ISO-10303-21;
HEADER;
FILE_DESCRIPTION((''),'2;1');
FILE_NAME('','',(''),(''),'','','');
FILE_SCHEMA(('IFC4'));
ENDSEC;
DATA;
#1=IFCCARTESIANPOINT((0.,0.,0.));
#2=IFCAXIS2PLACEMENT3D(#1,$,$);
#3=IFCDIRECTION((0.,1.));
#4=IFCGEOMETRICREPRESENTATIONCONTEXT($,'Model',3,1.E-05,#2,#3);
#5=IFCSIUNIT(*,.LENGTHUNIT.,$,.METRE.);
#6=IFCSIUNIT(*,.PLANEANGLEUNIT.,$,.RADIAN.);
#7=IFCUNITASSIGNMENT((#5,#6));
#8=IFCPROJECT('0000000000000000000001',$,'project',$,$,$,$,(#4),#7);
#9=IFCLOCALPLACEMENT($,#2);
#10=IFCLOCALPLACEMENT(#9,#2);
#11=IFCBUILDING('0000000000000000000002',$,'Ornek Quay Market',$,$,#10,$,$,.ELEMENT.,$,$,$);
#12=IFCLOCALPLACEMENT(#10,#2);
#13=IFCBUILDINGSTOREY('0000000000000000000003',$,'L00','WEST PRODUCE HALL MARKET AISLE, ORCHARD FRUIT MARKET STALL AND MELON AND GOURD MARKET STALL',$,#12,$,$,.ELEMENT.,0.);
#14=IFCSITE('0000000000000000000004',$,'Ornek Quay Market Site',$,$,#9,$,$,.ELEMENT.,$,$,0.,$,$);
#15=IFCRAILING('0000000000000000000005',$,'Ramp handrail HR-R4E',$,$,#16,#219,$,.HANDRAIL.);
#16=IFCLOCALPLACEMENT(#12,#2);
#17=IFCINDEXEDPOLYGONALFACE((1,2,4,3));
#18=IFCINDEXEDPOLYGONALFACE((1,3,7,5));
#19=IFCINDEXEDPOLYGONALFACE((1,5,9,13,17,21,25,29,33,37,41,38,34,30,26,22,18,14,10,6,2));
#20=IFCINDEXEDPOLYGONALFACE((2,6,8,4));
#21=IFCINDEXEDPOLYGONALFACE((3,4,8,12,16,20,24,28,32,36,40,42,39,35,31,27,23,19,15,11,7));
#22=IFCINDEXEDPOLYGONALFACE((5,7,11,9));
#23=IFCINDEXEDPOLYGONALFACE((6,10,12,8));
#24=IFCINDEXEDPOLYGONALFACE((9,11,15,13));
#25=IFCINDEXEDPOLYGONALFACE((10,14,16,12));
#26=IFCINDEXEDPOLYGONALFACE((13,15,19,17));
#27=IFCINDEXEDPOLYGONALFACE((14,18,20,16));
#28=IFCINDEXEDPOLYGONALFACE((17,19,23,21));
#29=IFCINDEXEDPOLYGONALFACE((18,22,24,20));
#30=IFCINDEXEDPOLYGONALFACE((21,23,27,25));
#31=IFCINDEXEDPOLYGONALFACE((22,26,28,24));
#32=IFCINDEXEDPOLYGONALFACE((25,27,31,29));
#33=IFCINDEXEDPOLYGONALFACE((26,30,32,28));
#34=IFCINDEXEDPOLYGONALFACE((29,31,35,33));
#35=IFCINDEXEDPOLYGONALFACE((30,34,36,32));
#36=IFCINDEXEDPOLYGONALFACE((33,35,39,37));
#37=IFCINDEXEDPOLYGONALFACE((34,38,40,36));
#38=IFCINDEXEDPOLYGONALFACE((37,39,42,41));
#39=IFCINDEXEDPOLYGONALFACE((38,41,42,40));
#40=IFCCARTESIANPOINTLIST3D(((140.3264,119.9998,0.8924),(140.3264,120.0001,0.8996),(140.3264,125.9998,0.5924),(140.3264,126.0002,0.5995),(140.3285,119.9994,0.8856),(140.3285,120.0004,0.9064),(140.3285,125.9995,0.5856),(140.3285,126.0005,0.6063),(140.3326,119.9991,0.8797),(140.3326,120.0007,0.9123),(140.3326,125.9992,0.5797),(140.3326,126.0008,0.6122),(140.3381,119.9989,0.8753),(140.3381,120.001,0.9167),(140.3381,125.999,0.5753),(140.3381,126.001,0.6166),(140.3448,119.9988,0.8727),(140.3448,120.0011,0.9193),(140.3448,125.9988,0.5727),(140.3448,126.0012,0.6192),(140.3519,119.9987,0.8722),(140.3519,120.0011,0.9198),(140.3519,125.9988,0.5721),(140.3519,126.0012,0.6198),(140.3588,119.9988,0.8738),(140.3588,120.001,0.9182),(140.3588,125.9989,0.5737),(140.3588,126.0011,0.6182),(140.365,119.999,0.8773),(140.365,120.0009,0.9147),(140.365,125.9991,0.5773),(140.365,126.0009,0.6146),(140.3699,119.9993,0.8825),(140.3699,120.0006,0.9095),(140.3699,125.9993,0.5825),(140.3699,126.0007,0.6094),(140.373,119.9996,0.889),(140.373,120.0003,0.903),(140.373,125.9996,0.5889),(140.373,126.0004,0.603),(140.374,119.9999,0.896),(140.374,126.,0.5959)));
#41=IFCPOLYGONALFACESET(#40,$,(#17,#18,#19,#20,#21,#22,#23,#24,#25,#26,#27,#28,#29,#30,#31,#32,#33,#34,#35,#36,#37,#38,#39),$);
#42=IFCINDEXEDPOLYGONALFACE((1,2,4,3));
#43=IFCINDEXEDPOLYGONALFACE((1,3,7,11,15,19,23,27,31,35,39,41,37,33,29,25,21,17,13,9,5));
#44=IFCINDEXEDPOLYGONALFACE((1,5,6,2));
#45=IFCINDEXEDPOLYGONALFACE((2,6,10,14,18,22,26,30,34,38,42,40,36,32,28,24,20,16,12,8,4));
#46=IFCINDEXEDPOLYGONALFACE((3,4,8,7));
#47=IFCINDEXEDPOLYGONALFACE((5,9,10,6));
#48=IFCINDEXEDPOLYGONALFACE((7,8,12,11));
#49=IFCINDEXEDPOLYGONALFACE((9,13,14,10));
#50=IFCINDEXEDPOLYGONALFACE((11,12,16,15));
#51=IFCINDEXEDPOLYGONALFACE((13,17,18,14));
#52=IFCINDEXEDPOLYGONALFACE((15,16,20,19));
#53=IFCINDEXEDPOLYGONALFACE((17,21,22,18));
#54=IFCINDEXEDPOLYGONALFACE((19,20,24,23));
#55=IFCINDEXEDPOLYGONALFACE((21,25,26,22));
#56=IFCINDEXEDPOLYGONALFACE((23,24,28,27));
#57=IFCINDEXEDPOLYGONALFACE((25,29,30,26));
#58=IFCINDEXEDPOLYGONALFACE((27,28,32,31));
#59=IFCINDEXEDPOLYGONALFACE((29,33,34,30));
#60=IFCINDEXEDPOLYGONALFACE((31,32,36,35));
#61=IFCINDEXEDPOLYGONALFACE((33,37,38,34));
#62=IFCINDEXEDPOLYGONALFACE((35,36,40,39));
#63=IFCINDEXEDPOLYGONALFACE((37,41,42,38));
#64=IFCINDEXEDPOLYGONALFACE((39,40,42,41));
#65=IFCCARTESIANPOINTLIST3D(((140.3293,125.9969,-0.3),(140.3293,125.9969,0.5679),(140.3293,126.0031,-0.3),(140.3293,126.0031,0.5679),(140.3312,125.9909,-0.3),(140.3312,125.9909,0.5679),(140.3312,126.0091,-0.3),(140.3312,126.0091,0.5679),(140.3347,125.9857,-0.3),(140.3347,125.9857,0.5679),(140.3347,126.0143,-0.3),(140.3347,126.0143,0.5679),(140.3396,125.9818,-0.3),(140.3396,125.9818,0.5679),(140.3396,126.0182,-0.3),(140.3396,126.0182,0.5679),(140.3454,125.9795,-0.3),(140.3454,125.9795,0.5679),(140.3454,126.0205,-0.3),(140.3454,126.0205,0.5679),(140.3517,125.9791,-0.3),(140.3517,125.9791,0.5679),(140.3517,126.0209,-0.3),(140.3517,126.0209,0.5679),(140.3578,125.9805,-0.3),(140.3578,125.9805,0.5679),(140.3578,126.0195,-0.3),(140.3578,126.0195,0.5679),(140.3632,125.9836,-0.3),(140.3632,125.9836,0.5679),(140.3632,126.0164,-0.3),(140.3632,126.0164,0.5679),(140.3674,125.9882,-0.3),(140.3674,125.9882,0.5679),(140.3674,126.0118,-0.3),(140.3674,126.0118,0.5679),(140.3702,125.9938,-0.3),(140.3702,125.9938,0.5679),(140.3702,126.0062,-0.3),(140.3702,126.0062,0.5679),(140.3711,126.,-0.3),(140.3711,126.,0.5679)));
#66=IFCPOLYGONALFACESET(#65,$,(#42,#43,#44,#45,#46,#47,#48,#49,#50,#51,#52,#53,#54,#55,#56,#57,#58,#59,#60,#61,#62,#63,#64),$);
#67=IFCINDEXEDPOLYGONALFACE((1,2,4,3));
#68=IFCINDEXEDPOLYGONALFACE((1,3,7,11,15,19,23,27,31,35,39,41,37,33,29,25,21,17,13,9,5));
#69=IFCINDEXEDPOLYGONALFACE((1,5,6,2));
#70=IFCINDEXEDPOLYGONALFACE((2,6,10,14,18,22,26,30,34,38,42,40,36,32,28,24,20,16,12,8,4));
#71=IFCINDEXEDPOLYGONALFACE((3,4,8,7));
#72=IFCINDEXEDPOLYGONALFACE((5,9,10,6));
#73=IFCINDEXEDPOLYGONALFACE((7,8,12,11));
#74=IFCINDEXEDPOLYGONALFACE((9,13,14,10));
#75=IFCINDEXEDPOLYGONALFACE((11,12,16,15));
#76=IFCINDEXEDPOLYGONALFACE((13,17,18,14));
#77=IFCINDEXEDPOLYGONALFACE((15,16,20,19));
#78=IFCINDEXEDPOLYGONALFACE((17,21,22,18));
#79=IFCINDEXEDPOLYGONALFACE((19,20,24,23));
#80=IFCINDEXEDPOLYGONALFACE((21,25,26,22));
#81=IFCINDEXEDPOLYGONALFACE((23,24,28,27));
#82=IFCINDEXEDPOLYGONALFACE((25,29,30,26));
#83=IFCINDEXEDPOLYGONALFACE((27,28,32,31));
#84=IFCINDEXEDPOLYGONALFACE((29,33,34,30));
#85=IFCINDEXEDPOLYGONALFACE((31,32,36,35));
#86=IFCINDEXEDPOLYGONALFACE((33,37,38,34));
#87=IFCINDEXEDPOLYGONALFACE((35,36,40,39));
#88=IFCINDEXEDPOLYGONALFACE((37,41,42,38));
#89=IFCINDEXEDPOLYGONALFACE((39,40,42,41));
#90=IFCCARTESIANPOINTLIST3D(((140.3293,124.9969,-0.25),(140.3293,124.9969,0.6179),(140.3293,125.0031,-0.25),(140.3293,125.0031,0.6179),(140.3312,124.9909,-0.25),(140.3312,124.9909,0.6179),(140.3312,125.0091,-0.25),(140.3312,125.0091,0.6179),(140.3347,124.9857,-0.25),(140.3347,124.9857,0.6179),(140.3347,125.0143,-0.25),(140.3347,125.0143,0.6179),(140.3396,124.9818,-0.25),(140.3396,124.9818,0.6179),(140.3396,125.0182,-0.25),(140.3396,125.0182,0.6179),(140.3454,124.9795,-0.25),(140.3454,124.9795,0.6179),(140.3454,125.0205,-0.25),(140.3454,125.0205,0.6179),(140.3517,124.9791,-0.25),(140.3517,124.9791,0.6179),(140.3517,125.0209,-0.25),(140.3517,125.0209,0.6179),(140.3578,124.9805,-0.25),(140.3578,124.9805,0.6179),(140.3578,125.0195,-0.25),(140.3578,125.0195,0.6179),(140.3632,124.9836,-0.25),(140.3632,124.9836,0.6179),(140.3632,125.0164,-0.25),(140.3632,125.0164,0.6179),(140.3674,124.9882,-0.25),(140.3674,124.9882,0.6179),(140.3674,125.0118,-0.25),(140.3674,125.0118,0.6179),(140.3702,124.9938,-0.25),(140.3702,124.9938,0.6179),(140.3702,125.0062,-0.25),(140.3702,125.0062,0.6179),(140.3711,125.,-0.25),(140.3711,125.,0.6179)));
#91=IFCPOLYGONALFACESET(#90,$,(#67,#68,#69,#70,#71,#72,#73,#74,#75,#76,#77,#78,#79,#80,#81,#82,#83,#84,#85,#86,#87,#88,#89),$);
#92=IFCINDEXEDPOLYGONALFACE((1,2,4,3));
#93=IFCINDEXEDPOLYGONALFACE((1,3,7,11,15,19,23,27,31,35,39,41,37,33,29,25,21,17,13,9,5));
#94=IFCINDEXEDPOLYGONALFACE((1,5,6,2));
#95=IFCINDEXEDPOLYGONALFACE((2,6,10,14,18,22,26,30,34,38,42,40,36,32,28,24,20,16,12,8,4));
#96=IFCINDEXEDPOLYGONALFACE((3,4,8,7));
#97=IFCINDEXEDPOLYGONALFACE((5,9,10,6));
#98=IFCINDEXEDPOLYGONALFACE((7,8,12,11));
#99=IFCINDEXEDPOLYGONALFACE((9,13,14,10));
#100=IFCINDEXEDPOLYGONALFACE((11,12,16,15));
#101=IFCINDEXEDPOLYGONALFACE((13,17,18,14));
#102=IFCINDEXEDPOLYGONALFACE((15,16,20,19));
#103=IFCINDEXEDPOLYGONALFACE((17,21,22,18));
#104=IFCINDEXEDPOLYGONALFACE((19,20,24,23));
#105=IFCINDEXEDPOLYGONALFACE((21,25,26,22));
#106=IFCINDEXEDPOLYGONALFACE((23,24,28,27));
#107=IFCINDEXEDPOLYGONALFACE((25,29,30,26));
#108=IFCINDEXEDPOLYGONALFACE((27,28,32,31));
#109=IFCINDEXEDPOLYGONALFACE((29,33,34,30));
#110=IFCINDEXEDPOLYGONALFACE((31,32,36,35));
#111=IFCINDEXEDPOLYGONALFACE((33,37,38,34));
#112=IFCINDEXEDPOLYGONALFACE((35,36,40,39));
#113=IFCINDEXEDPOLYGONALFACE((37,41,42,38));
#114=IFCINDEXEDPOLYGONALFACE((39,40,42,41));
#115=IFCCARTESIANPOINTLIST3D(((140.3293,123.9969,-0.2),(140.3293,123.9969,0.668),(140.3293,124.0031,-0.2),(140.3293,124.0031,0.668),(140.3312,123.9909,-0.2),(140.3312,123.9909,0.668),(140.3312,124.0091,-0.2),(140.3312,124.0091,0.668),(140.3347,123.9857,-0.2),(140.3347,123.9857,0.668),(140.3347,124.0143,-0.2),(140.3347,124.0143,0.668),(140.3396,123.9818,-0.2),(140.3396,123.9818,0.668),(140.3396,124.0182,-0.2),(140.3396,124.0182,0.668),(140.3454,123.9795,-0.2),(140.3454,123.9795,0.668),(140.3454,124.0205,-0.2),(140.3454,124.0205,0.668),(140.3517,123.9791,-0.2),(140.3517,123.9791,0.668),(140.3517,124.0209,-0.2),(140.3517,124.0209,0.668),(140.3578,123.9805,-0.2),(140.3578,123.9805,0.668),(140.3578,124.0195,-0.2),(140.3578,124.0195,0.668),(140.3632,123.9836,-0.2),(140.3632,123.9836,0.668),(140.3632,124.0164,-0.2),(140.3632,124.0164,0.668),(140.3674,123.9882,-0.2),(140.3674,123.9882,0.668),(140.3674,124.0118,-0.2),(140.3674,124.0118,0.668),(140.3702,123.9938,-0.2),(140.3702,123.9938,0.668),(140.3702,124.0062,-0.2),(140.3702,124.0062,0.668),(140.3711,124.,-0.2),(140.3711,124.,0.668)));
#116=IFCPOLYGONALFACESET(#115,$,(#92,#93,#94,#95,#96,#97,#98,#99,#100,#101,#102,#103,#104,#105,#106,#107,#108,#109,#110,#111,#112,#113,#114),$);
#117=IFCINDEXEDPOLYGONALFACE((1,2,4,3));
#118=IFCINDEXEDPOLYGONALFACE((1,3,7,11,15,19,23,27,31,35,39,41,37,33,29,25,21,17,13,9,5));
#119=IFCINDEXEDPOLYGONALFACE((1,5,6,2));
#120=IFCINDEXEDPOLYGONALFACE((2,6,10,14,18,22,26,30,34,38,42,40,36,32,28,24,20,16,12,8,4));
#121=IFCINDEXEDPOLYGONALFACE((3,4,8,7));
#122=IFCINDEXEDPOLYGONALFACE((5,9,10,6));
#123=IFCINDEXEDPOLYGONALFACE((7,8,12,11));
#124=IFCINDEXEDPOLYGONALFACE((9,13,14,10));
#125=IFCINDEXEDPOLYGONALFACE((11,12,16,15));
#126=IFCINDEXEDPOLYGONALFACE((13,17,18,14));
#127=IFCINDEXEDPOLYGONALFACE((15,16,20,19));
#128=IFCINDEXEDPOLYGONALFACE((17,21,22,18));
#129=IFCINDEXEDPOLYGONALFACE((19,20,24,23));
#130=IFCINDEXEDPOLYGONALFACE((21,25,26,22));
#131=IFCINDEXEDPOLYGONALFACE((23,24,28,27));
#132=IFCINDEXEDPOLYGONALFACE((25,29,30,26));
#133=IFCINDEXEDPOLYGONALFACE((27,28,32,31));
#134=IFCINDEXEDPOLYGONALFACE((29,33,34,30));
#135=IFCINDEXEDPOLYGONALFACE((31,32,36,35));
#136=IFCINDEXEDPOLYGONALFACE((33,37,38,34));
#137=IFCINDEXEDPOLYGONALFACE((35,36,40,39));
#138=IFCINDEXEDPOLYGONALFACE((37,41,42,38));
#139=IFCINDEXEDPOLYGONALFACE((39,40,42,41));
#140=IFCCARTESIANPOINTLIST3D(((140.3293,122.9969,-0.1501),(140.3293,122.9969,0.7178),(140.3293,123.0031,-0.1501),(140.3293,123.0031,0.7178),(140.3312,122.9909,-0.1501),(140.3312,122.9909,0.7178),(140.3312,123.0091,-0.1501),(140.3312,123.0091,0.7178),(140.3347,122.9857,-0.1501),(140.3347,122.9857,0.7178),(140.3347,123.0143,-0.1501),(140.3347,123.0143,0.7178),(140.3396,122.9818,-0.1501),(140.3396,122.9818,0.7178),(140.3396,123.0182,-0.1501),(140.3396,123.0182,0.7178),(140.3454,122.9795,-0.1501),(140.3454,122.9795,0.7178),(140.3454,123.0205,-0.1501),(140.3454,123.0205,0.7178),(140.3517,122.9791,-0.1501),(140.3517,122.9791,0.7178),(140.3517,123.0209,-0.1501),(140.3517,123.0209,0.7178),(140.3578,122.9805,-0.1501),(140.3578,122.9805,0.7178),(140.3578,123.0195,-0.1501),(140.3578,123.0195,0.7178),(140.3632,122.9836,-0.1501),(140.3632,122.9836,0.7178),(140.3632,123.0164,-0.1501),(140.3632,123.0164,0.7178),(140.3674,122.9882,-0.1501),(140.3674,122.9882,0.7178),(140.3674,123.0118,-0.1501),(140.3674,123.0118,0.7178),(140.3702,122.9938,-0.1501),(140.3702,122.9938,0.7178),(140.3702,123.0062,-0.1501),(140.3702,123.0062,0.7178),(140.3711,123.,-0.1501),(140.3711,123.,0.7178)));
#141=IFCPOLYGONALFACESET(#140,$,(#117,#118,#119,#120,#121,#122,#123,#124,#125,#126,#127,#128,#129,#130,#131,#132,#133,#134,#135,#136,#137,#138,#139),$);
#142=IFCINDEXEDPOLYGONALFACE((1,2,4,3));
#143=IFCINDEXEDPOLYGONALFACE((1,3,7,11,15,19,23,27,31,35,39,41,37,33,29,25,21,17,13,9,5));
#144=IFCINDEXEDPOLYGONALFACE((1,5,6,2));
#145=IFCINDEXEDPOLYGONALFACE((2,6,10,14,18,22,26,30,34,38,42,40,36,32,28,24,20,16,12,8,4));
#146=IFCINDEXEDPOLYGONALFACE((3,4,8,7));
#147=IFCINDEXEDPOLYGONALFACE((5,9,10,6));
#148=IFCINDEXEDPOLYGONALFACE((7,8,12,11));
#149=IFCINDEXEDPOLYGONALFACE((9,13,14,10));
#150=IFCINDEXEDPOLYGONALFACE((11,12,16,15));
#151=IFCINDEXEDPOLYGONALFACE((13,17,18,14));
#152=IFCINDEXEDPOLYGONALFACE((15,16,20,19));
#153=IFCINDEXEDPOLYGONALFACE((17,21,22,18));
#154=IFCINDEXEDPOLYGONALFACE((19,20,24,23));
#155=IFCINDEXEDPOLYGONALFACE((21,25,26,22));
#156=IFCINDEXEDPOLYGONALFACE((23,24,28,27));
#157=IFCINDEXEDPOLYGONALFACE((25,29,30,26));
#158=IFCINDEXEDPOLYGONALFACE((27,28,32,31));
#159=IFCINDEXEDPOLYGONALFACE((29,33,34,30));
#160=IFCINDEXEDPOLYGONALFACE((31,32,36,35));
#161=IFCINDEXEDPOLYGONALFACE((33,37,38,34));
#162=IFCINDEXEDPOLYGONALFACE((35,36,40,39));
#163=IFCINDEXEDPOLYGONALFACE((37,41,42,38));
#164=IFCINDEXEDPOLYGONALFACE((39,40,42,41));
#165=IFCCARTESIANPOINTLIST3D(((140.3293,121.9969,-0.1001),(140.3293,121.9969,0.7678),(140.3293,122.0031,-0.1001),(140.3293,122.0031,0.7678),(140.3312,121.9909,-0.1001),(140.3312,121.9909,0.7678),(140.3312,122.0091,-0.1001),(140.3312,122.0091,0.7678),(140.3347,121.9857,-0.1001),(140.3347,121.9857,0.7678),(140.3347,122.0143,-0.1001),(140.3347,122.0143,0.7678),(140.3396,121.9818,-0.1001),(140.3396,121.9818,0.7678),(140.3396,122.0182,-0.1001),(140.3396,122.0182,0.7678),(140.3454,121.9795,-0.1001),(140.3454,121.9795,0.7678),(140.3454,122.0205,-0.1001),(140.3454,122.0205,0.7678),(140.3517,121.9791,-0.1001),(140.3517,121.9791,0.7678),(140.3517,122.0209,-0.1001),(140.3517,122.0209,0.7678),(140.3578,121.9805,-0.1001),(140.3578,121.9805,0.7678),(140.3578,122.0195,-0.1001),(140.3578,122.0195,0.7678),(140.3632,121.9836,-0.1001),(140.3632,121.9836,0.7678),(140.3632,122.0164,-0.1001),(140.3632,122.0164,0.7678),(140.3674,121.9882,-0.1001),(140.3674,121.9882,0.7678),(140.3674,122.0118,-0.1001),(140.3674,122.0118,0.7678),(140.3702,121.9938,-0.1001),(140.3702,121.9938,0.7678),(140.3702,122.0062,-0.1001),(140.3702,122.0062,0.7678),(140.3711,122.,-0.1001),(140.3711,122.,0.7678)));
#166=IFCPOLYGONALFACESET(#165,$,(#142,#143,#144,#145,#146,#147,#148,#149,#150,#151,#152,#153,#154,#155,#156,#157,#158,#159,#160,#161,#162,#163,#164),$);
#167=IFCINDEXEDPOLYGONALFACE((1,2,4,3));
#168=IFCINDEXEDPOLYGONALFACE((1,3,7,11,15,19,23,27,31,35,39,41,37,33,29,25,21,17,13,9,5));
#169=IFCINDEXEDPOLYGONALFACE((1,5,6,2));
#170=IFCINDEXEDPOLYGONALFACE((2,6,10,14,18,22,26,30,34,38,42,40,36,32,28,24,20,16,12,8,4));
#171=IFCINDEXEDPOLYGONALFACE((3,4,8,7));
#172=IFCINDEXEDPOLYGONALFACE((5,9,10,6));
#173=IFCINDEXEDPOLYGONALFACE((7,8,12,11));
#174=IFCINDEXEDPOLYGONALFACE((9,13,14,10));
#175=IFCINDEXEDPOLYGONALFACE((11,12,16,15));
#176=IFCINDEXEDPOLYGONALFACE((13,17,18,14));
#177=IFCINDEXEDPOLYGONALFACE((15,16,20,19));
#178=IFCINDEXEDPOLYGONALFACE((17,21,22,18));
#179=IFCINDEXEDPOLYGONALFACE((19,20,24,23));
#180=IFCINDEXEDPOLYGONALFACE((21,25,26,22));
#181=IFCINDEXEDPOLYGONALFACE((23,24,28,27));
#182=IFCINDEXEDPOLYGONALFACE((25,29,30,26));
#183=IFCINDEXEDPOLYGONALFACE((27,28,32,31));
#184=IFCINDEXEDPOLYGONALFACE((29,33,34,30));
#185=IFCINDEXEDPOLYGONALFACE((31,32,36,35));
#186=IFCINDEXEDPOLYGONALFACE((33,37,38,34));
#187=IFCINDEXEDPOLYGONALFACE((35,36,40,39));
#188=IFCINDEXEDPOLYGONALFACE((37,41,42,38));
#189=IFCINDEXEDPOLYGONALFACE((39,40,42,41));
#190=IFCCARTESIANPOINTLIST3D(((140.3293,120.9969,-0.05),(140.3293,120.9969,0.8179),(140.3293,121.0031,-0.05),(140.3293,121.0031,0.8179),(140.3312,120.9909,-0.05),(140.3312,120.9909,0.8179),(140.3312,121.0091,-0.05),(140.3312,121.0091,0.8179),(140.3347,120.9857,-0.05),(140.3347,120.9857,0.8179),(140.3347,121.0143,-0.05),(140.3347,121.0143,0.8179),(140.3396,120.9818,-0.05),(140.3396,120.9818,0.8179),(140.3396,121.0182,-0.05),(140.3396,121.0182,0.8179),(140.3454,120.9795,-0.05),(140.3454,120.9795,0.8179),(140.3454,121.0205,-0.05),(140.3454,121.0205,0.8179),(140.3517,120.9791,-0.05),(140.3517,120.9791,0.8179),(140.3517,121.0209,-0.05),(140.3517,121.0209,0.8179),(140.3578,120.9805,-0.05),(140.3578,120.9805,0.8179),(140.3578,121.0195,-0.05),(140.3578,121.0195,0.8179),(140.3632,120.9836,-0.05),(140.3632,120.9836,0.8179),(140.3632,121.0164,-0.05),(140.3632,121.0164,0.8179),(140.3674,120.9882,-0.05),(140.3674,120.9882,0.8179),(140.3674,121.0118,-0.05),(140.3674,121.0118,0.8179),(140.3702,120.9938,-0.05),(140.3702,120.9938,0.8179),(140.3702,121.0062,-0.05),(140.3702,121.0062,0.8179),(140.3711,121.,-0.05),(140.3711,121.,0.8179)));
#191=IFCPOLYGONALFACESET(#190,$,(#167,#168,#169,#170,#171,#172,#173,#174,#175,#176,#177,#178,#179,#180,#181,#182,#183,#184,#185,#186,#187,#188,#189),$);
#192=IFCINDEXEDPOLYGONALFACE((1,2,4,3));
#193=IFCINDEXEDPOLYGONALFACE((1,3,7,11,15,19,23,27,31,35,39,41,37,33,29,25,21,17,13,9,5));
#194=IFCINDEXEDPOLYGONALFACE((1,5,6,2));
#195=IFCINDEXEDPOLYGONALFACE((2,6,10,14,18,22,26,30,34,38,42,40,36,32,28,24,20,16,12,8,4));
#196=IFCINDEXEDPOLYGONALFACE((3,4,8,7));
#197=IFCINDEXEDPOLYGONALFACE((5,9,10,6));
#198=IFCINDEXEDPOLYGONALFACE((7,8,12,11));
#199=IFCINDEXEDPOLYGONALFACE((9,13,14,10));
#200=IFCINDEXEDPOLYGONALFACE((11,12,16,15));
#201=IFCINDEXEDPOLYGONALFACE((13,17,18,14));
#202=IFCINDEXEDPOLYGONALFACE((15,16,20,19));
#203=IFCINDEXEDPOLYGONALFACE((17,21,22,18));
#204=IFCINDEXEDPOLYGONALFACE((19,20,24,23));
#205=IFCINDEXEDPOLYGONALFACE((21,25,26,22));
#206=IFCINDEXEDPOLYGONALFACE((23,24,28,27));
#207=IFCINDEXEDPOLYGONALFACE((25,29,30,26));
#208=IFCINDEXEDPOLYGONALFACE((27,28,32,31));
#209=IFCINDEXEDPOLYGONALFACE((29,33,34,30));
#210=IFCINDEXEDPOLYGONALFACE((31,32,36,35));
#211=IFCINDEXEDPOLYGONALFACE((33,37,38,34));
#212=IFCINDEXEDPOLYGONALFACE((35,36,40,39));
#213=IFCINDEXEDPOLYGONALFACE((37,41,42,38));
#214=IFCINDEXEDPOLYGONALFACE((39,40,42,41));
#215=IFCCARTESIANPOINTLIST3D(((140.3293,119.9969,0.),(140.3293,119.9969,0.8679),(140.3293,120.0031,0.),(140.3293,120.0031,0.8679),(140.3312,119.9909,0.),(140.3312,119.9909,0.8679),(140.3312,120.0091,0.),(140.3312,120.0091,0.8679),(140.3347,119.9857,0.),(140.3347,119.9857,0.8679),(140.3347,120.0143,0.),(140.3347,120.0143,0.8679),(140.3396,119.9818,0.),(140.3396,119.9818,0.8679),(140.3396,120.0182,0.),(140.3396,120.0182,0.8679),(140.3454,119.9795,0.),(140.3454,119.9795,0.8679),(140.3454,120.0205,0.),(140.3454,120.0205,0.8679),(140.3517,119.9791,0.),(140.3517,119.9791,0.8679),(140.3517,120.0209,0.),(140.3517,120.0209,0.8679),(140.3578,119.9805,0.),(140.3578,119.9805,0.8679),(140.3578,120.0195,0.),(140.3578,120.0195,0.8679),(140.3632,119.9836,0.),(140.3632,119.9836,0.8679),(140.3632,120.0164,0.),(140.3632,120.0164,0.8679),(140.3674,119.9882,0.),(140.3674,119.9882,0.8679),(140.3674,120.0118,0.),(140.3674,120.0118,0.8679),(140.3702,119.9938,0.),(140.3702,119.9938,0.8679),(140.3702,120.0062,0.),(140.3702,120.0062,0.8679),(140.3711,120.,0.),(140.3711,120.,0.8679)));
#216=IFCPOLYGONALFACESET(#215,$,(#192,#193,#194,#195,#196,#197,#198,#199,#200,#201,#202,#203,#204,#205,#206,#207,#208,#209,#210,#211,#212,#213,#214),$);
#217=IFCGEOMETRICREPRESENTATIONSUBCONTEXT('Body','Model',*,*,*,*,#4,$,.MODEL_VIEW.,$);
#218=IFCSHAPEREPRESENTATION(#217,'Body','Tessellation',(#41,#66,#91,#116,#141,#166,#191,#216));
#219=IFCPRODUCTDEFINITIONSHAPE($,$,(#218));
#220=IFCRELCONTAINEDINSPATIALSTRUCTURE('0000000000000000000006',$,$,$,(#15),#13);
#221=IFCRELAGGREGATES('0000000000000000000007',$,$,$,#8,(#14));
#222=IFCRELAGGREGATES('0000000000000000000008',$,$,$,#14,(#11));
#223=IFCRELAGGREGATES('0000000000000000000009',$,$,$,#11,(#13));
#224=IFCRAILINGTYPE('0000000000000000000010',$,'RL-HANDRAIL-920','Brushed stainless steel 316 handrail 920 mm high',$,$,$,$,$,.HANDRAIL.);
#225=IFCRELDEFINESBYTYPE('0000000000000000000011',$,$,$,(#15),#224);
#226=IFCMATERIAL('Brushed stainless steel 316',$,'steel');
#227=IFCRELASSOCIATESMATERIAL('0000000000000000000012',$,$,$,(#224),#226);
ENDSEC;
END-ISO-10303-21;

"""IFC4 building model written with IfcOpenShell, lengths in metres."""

from ifc_helpers import new_model, si_unit, direction, frame, origin, origin_2d, place, context, subcontext, project, spatial, circle, extrude, material, type_object, element, save


model = new_model("IFC4")

# Units and contexts
model_context = context("Model", 3, precision=1e-05, world=origin(), true_north=direction((0.0, 1.0)))
body_context = subcontext(model_context, "Body", "Model", "MODEL_VIEW")
ifc_project = project(units=[si_unit("LENGTHUNIT", "METRE"), si_unit("PLANEANGLEUNIT", "RADIAN")], contexts=[model_context])

# Site, building, storey
site_placement = place(None, origin())
site = spatial("IfcSite", under=ifc_project, at=site_placement, Name="Ornek Quay Market Site", CompositionType="ELEMENT", RefElevation=0.0)
building_placement = place(site_placement, origin())
building = spatial("IfcBuilding", under=site, at=building_placement, Name="Ornek Quay Market", CompositionType="ELEMENT")
storey_placement = place(building_placement, origin())
storey = spatial("IfcBuildingStorey", under=building, at=storey_placement, Name="L00", Description="WEST PRODUCE HALL MARKET AISLE, ORCHARD FRUIT MARKET STALL AND MELON AND GOURD MARKET STALL", CompositionType="ELEMENT", Elevation=0.0)

# Railing
ifc_material_1 = material(Name="Brushed stainless steel 316", Category="steel")
railing_type = type_object("IfcRailingType", Name="RL-HANDRAIL-920", Description="Brushed stainless steel 316 handrail 920 mm high", PredefinedType="HANDRAIL", material=ifc_material_1)
for number, where, name in (
    (1, (140.3501, 126.0, -0.3), "Ramp handrail HR-R4E"),
):
    element("IfcRailing", number, at=place(storey_placement, frame(where)), inside=storey, type_object=railing_type, Name=name, PredefinedType="HANDRAIL", context=body_context, shape_type="SweptSolid", body=[
        extrude(circle(Radius=0.0239, at=origin_2d()), frame((0.0, 0.0, 0.896), z_axis=(0.0, -0.998752, 0.049946), x_axis=(1.0, 0.0, 0.0)), (0.0, 0.0, 1.0), 6.0076),
        extrude(circle(Radius=0.021, at=origin_2d()), origin(), (0.0, 0.0, 1.0), 0.8679),
        extrude(circle(Radius=0.021, at=origin_2d()), frame((0.0, -1.0, 0.05)), (0.0, 0.0, 1.0), 0.8679),
        extrude(circle(Radius=0.021, at=origin_2d()), frame((0.0, -2.0, 0.1001)), (0.0, 0.0, 1.0), 0.8679),
        extrude(circle(Radius=0.021, at=origin_2d()), frame((0.0, -3.0, 0.1499)), (0.0, 0.0, 1.0), 0.8679),
        extrude(circle(Radius=0.021, at=origin_2d()), frame((0.0, -4.0, 0.2)), (0.0, 0.0, 1.0), 0.8679),
        extrude(circle(Radius=0.021, at=origin_2d()), frame((0.0, -5.0, 0.25)), (0.0, 0.0, 1.0), 0.8679),
        extrude(circle(Radius=0.021, at=origin_2d()), frame((0.0, -6.0, 0.3)), (0.0, 0.0, 1.0), 0.8679),
    ])

save(model, "model.ifc")
